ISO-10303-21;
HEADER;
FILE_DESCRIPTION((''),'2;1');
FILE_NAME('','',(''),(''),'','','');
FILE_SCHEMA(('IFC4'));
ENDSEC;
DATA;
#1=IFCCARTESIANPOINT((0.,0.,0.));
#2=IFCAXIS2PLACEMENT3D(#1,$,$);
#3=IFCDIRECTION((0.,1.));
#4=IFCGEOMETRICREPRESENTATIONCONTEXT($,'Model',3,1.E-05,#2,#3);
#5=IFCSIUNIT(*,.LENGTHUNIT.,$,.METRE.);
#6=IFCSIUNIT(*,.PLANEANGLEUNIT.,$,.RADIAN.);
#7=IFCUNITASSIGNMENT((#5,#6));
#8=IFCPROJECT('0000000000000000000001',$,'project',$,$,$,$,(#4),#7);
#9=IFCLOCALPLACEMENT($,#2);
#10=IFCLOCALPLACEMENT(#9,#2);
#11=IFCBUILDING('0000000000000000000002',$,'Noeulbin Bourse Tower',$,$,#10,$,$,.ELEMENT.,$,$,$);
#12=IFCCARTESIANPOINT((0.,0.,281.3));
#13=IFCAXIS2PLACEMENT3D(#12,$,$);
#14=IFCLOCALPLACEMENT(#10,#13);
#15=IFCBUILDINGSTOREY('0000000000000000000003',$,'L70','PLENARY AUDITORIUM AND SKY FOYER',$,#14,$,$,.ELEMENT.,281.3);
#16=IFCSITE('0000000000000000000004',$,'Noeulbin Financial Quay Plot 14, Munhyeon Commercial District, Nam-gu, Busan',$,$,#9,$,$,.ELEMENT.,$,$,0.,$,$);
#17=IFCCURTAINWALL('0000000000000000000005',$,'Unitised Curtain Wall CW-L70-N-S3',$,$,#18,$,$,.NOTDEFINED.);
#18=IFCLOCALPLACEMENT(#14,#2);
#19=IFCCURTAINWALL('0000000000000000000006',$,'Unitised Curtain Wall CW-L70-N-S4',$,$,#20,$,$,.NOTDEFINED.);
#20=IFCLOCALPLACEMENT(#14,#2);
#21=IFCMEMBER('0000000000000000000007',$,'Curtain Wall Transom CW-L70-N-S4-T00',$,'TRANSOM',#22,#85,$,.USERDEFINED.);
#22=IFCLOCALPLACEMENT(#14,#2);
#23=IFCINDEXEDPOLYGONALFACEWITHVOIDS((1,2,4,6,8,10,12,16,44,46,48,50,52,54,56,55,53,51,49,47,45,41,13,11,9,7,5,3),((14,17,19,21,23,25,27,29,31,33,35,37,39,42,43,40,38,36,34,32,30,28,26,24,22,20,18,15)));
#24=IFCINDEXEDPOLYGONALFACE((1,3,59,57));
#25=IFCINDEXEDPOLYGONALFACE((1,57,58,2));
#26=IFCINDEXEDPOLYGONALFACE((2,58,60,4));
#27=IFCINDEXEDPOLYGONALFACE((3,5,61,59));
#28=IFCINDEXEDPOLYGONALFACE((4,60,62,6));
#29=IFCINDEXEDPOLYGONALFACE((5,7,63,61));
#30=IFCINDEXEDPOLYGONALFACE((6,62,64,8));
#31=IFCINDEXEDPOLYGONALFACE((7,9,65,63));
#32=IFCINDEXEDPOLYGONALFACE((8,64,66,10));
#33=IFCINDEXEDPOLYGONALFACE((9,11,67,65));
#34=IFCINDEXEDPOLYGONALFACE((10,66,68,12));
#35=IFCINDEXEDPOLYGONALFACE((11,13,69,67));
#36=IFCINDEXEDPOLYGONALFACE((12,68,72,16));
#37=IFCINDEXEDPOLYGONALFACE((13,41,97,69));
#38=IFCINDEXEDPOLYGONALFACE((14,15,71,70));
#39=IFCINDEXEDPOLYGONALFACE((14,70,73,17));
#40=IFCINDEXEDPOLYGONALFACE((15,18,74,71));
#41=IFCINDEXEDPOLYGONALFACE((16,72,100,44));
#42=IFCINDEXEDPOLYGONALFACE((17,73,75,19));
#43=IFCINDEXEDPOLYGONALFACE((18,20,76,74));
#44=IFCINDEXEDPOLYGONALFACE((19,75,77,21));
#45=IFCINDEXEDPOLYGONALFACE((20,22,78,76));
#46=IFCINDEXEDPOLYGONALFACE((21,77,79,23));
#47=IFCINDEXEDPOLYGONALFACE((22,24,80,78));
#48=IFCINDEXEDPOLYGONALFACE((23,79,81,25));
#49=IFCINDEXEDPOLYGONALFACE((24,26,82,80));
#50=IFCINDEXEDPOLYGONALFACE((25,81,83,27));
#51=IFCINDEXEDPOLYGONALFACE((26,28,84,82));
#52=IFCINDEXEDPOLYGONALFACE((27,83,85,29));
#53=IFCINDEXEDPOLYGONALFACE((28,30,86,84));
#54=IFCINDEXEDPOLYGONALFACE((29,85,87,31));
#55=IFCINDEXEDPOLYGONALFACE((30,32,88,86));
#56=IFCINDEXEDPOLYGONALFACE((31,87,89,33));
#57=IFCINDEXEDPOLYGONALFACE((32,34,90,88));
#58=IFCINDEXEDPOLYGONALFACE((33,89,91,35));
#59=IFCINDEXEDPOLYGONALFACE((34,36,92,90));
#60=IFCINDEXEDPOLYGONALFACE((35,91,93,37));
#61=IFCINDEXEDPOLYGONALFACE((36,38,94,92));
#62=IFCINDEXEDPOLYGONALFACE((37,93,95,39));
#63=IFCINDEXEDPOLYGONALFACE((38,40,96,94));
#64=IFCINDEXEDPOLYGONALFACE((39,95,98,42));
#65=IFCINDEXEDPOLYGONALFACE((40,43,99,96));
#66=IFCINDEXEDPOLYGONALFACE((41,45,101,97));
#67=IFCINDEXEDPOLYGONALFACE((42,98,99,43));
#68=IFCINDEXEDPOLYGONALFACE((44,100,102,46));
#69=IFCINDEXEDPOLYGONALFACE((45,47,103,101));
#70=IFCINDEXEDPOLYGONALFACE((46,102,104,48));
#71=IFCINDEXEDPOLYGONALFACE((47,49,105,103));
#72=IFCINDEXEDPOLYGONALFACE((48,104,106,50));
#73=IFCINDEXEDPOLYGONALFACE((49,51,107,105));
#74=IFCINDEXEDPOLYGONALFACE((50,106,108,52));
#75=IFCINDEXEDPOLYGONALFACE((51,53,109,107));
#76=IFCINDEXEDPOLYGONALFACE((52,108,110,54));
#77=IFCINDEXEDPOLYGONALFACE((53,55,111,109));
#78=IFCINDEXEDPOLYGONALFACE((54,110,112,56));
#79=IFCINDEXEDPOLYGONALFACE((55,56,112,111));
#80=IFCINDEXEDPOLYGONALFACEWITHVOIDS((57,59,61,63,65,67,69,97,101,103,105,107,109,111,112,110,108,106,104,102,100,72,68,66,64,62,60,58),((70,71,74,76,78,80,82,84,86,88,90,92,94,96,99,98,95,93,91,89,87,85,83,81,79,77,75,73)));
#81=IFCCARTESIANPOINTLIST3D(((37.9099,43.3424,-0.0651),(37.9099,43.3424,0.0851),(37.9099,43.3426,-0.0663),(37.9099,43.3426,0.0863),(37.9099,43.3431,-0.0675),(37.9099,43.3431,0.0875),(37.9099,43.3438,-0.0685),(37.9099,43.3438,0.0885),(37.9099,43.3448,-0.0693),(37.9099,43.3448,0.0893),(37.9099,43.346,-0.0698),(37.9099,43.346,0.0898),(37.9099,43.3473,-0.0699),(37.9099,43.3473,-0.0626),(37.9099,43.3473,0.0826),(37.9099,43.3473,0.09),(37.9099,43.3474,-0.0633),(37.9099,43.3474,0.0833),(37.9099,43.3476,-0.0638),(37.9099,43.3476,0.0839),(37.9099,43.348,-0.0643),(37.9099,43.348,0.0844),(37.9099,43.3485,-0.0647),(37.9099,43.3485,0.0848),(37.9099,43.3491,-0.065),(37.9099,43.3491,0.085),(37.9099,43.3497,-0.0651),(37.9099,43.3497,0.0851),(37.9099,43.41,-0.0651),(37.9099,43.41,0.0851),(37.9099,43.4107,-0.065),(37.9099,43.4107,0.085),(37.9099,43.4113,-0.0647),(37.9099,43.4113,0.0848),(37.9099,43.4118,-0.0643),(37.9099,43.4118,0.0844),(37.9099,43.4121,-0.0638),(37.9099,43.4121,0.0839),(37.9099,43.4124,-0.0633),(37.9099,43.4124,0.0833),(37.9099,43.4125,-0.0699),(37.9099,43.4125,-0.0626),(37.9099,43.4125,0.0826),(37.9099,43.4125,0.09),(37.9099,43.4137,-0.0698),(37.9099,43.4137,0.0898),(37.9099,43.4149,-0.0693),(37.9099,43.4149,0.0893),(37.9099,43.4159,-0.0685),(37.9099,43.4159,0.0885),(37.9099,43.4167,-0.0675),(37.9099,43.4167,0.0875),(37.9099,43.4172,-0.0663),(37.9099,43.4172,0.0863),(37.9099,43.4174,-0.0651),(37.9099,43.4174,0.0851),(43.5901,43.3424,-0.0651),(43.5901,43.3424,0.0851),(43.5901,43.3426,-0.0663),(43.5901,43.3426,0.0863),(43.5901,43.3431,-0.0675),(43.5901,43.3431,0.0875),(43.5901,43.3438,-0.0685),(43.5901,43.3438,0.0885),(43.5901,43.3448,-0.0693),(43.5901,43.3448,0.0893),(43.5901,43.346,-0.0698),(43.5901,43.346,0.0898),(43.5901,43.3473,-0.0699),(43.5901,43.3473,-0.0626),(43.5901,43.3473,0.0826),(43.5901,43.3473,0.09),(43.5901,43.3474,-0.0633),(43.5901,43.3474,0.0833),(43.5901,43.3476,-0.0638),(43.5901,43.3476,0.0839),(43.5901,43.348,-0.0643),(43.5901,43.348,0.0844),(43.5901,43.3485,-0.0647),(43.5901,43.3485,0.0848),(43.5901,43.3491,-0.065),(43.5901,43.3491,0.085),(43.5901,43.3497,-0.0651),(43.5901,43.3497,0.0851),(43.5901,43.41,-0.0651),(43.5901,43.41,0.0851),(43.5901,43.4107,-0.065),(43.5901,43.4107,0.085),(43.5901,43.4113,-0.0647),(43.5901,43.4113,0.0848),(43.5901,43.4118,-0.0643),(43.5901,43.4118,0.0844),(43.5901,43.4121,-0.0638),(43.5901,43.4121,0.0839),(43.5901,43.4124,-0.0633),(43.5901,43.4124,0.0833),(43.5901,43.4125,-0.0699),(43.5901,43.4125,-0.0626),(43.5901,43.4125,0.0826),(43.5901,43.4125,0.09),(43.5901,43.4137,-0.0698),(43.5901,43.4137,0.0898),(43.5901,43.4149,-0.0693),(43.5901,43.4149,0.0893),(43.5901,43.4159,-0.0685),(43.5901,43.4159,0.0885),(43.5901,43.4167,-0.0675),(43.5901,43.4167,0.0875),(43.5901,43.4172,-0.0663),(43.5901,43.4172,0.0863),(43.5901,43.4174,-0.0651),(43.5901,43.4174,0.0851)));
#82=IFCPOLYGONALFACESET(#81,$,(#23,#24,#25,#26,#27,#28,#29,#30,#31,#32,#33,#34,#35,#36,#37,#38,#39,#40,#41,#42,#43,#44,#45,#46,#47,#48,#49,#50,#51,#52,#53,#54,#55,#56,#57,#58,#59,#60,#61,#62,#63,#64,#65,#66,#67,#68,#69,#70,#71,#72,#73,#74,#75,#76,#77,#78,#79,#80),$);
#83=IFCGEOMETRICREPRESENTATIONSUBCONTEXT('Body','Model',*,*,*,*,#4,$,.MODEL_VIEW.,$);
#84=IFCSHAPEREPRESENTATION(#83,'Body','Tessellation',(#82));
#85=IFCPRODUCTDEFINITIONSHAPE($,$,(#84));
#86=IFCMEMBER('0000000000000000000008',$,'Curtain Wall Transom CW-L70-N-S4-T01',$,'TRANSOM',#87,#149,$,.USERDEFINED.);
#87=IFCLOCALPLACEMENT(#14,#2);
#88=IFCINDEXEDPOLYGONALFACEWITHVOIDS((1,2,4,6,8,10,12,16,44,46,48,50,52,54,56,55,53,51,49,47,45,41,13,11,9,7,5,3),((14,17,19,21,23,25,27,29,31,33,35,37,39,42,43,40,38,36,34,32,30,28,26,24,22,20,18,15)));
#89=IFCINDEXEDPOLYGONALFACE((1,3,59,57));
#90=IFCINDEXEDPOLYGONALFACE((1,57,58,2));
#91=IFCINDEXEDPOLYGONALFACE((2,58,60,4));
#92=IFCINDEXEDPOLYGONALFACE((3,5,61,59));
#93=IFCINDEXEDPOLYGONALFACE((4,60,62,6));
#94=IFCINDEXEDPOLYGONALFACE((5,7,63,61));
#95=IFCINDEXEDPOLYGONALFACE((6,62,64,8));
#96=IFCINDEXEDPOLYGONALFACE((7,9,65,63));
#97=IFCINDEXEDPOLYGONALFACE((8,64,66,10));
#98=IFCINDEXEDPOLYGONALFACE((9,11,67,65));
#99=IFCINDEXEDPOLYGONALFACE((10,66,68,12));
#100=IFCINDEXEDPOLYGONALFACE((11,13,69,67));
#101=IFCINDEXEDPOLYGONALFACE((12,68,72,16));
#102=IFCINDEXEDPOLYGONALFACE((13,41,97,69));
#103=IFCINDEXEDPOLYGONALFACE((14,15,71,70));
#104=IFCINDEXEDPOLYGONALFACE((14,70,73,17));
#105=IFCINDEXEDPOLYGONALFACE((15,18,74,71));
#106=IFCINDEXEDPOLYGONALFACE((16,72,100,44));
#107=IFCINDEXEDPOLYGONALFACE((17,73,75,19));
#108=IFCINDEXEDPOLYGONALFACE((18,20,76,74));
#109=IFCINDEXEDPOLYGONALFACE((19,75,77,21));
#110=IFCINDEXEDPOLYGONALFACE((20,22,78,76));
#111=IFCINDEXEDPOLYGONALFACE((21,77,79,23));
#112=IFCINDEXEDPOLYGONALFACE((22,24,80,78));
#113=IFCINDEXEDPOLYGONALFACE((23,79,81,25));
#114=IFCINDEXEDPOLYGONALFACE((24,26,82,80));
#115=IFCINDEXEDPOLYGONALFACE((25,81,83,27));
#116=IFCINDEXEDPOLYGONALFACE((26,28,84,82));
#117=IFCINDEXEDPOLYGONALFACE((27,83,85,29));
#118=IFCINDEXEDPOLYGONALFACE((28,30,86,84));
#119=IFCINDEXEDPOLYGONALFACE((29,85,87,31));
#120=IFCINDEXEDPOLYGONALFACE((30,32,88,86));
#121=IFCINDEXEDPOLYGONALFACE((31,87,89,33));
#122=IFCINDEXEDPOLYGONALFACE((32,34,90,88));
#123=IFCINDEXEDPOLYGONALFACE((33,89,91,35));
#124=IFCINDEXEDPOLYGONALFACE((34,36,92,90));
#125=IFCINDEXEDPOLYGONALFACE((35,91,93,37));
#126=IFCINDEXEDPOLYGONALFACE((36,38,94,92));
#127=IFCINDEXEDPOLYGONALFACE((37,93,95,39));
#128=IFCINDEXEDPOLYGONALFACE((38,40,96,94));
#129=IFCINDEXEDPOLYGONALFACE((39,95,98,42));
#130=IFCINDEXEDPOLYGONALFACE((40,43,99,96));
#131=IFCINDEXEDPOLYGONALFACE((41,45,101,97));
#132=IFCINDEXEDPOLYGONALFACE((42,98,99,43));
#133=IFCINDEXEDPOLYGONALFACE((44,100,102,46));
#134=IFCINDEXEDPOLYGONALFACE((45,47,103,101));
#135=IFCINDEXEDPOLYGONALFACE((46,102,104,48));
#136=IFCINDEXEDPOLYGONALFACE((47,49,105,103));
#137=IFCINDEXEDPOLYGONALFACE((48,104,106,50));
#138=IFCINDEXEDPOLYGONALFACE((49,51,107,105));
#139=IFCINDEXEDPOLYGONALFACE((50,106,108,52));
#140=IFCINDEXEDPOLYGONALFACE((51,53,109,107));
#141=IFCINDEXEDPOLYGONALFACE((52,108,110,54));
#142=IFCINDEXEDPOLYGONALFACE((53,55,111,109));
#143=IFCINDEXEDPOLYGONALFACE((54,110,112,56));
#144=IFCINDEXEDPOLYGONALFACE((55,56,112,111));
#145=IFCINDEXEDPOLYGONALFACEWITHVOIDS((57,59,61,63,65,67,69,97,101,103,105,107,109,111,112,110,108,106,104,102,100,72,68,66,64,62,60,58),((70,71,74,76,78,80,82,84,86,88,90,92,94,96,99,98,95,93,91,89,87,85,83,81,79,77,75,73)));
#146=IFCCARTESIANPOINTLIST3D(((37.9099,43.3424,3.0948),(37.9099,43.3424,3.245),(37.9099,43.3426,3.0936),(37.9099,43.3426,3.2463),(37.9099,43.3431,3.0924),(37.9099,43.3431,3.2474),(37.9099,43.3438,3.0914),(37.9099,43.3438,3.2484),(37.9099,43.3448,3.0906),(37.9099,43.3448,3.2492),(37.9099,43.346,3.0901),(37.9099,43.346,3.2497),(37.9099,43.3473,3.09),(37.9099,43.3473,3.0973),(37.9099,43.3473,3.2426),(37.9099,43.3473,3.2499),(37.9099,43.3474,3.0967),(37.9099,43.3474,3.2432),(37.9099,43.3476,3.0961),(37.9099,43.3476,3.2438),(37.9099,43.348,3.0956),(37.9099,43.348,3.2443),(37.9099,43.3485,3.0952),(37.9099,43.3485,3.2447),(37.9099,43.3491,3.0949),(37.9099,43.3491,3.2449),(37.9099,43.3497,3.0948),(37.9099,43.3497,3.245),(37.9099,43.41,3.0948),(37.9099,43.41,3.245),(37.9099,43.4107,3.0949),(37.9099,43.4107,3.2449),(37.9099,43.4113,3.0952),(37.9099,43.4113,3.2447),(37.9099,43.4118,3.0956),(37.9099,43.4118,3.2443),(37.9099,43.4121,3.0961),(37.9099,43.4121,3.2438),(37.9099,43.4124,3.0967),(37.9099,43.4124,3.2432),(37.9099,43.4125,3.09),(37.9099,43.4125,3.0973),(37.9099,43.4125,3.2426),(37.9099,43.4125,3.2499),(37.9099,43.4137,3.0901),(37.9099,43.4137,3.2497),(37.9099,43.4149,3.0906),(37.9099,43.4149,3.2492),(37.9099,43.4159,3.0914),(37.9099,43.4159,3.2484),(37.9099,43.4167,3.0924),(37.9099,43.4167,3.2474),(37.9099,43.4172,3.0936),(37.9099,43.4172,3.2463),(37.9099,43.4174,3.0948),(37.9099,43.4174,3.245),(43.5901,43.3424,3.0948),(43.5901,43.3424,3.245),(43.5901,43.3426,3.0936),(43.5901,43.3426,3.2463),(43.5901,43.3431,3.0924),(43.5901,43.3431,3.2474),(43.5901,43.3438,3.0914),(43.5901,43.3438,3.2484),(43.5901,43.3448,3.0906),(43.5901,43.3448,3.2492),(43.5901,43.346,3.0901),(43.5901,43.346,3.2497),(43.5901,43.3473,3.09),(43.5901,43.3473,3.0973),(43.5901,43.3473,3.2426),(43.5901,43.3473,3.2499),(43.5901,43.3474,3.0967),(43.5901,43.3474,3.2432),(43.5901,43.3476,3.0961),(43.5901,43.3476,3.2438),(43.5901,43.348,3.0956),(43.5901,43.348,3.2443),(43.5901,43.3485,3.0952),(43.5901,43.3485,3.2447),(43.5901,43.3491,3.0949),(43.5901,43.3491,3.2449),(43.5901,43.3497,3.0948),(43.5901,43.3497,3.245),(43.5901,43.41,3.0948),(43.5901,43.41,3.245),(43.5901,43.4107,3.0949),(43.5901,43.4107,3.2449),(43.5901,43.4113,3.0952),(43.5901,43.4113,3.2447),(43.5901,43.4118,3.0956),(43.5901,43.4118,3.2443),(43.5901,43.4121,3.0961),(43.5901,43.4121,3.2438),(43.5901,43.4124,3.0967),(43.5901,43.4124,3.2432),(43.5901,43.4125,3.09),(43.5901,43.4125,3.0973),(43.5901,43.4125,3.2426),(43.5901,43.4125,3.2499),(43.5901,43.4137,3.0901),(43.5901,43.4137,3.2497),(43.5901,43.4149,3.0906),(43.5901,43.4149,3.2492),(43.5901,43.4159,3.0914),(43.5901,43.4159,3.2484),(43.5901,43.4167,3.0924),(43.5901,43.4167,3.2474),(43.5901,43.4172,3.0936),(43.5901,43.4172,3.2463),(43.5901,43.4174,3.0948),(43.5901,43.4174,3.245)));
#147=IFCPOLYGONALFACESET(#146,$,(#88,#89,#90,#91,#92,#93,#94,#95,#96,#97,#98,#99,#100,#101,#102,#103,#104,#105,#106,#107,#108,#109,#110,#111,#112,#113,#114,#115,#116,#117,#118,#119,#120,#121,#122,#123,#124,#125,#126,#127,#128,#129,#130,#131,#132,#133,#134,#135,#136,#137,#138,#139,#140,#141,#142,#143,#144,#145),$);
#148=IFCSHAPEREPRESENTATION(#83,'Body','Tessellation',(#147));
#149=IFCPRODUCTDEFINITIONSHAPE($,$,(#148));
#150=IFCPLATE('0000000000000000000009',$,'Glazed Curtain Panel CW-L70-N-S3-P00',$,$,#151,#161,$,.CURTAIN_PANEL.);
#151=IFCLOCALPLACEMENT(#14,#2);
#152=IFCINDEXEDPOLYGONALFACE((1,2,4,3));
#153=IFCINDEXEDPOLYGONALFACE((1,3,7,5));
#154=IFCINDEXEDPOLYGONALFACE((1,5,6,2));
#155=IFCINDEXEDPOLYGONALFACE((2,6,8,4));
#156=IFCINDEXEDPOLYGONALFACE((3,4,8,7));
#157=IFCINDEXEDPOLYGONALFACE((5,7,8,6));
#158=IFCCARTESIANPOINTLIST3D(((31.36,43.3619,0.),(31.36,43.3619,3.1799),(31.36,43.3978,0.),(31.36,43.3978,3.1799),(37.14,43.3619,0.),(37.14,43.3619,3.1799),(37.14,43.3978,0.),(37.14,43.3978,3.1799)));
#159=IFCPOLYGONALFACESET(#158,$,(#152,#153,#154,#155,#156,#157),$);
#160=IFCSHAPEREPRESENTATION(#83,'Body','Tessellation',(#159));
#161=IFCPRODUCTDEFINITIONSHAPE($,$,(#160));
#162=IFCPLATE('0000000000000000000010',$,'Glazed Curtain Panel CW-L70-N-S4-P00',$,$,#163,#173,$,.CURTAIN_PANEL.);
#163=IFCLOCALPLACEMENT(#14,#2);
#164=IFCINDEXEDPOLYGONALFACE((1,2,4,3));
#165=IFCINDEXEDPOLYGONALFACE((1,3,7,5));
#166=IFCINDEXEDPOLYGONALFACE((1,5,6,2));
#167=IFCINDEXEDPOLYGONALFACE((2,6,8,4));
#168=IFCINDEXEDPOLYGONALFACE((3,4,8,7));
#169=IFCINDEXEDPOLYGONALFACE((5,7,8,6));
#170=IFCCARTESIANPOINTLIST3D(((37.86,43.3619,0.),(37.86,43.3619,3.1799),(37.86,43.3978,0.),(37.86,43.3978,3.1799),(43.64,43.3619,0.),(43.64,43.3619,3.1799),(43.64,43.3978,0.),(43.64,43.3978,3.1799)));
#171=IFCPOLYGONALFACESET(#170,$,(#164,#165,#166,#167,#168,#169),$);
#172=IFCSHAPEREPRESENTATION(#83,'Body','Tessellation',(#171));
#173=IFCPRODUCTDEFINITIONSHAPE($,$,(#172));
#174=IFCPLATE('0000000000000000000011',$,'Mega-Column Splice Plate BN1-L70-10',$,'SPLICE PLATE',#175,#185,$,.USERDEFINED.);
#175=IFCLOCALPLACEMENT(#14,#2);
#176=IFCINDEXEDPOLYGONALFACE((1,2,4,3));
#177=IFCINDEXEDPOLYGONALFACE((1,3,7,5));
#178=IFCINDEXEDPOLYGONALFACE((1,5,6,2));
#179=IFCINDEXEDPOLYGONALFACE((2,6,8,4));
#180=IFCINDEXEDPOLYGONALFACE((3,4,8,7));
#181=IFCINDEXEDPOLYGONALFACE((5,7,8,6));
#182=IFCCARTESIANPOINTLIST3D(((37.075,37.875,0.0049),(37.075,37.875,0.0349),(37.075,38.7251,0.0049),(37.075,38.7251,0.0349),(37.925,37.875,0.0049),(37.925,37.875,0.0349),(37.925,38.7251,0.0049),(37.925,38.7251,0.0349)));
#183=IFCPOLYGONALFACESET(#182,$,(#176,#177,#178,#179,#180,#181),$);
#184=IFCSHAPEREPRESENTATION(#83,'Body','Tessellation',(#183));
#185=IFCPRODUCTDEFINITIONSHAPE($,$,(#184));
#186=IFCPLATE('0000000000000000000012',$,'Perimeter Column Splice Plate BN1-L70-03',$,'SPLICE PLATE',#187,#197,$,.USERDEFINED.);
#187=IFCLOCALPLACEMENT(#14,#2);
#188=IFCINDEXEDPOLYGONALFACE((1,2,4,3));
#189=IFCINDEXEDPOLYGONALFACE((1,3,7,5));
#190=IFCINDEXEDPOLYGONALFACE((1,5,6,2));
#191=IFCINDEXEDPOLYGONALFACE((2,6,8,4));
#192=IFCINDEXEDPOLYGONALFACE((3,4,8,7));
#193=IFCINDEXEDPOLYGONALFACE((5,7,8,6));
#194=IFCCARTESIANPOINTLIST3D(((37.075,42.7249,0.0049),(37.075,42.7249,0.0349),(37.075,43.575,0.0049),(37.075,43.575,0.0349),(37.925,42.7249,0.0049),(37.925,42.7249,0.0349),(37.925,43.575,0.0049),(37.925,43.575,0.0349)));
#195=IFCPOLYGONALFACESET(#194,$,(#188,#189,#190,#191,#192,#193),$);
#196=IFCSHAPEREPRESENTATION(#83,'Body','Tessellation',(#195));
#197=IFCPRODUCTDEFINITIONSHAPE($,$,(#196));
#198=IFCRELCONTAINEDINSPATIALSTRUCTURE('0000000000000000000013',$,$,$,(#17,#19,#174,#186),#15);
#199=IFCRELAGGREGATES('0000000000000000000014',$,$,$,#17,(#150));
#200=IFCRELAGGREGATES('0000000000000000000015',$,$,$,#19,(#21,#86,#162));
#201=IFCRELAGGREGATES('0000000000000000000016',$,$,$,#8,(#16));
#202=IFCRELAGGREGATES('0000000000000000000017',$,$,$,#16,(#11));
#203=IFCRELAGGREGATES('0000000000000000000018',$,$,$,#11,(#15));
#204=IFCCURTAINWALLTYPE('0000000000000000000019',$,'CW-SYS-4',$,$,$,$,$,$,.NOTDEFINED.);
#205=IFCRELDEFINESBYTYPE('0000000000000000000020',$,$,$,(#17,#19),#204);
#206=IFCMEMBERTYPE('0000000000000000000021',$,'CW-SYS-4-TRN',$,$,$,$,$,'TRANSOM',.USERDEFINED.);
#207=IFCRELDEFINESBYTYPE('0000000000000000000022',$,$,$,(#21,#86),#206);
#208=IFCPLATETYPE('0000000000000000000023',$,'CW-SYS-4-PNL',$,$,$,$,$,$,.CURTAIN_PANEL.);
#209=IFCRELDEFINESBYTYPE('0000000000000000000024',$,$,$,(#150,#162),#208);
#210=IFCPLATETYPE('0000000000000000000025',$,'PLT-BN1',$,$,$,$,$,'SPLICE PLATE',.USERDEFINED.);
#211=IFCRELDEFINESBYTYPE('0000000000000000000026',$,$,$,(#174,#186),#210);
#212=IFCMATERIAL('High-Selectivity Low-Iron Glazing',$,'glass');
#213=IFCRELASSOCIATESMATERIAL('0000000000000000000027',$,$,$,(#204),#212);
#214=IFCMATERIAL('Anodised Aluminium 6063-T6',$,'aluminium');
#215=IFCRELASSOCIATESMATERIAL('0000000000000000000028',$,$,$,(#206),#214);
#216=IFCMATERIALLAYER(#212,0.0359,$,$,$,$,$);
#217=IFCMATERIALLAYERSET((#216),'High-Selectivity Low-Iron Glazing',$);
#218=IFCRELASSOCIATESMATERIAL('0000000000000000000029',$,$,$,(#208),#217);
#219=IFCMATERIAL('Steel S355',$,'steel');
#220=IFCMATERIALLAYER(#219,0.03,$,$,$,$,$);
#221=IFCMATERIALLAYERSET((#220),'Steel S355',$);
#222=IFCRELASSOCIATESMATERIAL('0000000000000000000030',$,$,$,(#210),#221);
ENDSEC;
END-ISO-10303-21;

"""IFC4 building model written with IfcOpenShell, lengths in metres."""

from ifc_helpers import new_model, si_unit, direction, frame, origin, origin_2d, place, context, subcontext, project, spatial, rectangle, hollow_rectangle, extrude, material, layer, layer_set, material_profile, profile_set, type_object, element, aggregate, save


model = new_model("IFC4")

# Units and contexts
model_context = context("Model", 3, precision=1e-05, world=origin(), true_north=direction((0.0, 1.0)))
body_context = subcontext(model_context, "Body", "Model", "MODEL_VIEW")
ifc_project = project(units=[si_unit("LENGTHUNIT", "METRE"), si_unit("PLANEANGLEUNIT", "RADIAN")], contexts=[model_context])

# Site, building, storey
site_placement = place(None, origin())
site = spatial("IfcSite", under=ifc_project, at=site_placement, Name="Noeulbin Financial Quay Plot 14, Munhyeon Commercial District, Nam-gu, Busan", CompositionType="ELEMENT", RefElevation=0.0)
building_placement = place(site_placement, origin())
building = spatial("IfcBuilding", under=site, at=building_placement, Name="Noeulbin Bourse Tower", CompositionType="ELEMENT")
storey_placement = place(building_placement, frame((0.0, 0.0, 281.3)))
storey = spatial("IfcBuildingStorey", under=building, at=storey_placement, Name="L70", Description="PLENARY AUDITORIUM AND SKY FOYER", CompositionType="ELEMENT", Elevation=281.3)

# Shared definitions
ifc_material_1 = material(Name="Steel S355", Category="steel")

# Curtain walls
ifc_material_2 = material(Name="High-Selectivity Low-Iron Glazing", Category="glass")
curtain_wall_type = type_object("IfcCurtainWallType", Name="CW-SYS-4", PredefinedType="NOTDEFINED", material=ifc_material_2)
curtain_wall_1_placement = place(storey_placement, origin())
curtain_wall_1 = element("IfcCurtainWall", 1, at=curtain_wall_1_placement, inside=storey, type_object=curtain_wall_type, Name="Unitised Curtain Wall CW-L70-N-S3", PredefinedType="NOTDEFINED")
ifc_material_3 = material(Name="Anodised Aluminium 6063-T6", Category="aluminium")
curtain_wall_2_placement = place(storey_placement, origin())
curtain_wall_2 = element("IfcCurtainWall", 2, at=curtain_wall_2_placement, inside=storey, type_object=curtain_wall_type, Name="Unitised Curtain Wall CW-L70-N-S4", PredefinedType="NOTDEFINED")

# Members
ifc_material_profile_1 = material_profile(ifc_material_3, hollow_rectangle(XDim=0.075, YDim=0.1599, WallThickness=0.0049, InnerFilletRadius=0.0024, OuterFilletRadius=0.0049, at=origin_2d()), Name="ALU-TRAN-75x160x5", Category="LoadBearing")
ifc_profile_set_1 = profile_set([ifc_material_profile_1], Name="Anodised Aluminium 6063-T6")
member_type_1 = type_object("IfcMemberType", Name="CW-SYS-4-TRN", ElementType="TRANSOM", PredefinedType="USERDEFINED", material=ifc_profile_set_1)
member_1_placement = place(storey_placement, frame((37.9099, 43.3799, 0.01), z_axis=(1.0, 0.0, 0.0), x_axis=(0.0, 1.0, 0.0)))
member_1 = element("IfcMember", 3, at=member_1_placement, type_object=member_type_1, Name="Curtain Wall Transom CW-L70-N-S4-T00", ObjectType="TRANSOM", PredefinedType="USERDEFINED", context=body_context, shape_type="SweptSolid", body=[
    extrude(hollow_rectangle(XDim=0.075, YDim=0.1599, WallThickness=0.0049, InnerFilletRadius=0.0024, OuterFilletRadius=0.0049, at=origin_2d()), origin(), (0.0, 0.0, 1.0), 5.6802),
])
member_2_placement = place(storey_placement, frame((37.9099, 43.3799, 3.1699), z_axis=(1.0, 0.0, 0.0), x_axis=(0.0, 1.0, 0.0)))
member_2 = element("IfcMember", 4, at=member_2_placement, type_object=member_type_1, Name="Curtain Wall Transom CW-L70-N-S4-T01", ObjectType="TRANSOM", PredefinedType="USERDEFINED", context=body_context, shape_type="SweptSolid", body=[
    extrude(hollow_rectangle(XDim=0.075, YDim=0.1599, WallThickness=0.0049, InnerFilletRadius=0.0024, OuterFilletRadius=0.0049, at=origin_2d()), origin(), (0.0, 0.0, 1.0), 5.6802),
])

# Plates
ifc_layer_1 = layer(ifc_material_2, 0.0359)
ifc_layer_set_1 = layer_set([ifc_layer_1], Name="High-Selectivity Low-Iron Glazing")
plate_type_1 = type_object("IfcPlateType", Name="CW-SYS-4-PNL", PredefinedType="CURTAIN_PANEL", material=ifc_layer_set_1)
plate_1_placement = place(storey_placement, frame((34.25, 43.3799, 0.0), z_axis=(0.0, 0.0, 1.0), x_axis=(1.0, 0.0, 0.0)))
plate_1 = element("IfcPlate", 5, at=plate_1_placement, type_object=plate_type_1, Name="Glazed Curtain Panel CW-L70-N-S3-P00", PredefinedType="CURTAIN_PANEL", context=body_context, shape_type="SweptSolid", body=[
    extrude(rectangle(XDim=5.78, YDim=0.0359, at=origin_2d()), origin(), (0.0, 0.0, 1.0), 3.1799),
])
aggregate(curtain_wall_1, [plate_1])
plate_2_placement = place(storey_placement, frame((40.75, 43.3799, 0.0), z_axis=(0.0, 0.0, 1.0), x_axis=(1.0, 0.0, 0.0)))
plate_2 = element("IfcPlate", 6, at=plate_2_placement, type_object=plate_type_1, Name="Glazed Curtain Panel CW-L70-N-S4-P00", PredefinedType="CURTAIN_PANEL", context=body_context, shape_type="SweptSolid", body=[
    extrude(rectangle(XDim=5.78, YDim=0.0359, at=origin_2d()), origin(), (0.0, 0.0, 1.0), 3.1799),
])
aggregate(curtain_wall_2, [member_1, member_2, plate_2])

# Plates
ifc_layer_2 = layer(ifc_material_1, 0.03)
ifc_layer_set_2 = layer_set([ifc_layer_2], Name="Steel S355")
plate_type_2 = type_object("IfcPlateType", Name="PLT-BN1", ElementType="SPLICE PLATE", PredefinedType="USERDEFINED", material=ifc_layer_set_2)
for number, where, z_axis, x_axis, name in (
    (7, (37.5, 38.3, 0.0049), (0.0, 0.0, 1.0), (1.0, 0.0, 0.0), "Mega-Column Splice Plate BN1-L70-10"),
    (8, (37.5, 43.1499, 0.0049), (0.0, 0.0, 1.0), (1.0, 0.0, 0.0), "Perimeter Column Splice Plate BN1-L70-03"),
):
    element("IfcPlate", number, at=place(storey_placement, frame(where, z_axis=z_axis, x_axis=x_axis)), inside=storey, type_object=plate_type_2, Name=name, ObjectType="SPLICE PLATE", PredefinedType="USERDEFINED", context=body_context, shape_type="SweptSolid", body=[
        extrude(rectangle(XDim=0.8501, YDim=0.8501, at=origin_2d()), origin(), (0.0, 0.0, 1.0), 0.03),
    ])

save(model, "model.ifc")
